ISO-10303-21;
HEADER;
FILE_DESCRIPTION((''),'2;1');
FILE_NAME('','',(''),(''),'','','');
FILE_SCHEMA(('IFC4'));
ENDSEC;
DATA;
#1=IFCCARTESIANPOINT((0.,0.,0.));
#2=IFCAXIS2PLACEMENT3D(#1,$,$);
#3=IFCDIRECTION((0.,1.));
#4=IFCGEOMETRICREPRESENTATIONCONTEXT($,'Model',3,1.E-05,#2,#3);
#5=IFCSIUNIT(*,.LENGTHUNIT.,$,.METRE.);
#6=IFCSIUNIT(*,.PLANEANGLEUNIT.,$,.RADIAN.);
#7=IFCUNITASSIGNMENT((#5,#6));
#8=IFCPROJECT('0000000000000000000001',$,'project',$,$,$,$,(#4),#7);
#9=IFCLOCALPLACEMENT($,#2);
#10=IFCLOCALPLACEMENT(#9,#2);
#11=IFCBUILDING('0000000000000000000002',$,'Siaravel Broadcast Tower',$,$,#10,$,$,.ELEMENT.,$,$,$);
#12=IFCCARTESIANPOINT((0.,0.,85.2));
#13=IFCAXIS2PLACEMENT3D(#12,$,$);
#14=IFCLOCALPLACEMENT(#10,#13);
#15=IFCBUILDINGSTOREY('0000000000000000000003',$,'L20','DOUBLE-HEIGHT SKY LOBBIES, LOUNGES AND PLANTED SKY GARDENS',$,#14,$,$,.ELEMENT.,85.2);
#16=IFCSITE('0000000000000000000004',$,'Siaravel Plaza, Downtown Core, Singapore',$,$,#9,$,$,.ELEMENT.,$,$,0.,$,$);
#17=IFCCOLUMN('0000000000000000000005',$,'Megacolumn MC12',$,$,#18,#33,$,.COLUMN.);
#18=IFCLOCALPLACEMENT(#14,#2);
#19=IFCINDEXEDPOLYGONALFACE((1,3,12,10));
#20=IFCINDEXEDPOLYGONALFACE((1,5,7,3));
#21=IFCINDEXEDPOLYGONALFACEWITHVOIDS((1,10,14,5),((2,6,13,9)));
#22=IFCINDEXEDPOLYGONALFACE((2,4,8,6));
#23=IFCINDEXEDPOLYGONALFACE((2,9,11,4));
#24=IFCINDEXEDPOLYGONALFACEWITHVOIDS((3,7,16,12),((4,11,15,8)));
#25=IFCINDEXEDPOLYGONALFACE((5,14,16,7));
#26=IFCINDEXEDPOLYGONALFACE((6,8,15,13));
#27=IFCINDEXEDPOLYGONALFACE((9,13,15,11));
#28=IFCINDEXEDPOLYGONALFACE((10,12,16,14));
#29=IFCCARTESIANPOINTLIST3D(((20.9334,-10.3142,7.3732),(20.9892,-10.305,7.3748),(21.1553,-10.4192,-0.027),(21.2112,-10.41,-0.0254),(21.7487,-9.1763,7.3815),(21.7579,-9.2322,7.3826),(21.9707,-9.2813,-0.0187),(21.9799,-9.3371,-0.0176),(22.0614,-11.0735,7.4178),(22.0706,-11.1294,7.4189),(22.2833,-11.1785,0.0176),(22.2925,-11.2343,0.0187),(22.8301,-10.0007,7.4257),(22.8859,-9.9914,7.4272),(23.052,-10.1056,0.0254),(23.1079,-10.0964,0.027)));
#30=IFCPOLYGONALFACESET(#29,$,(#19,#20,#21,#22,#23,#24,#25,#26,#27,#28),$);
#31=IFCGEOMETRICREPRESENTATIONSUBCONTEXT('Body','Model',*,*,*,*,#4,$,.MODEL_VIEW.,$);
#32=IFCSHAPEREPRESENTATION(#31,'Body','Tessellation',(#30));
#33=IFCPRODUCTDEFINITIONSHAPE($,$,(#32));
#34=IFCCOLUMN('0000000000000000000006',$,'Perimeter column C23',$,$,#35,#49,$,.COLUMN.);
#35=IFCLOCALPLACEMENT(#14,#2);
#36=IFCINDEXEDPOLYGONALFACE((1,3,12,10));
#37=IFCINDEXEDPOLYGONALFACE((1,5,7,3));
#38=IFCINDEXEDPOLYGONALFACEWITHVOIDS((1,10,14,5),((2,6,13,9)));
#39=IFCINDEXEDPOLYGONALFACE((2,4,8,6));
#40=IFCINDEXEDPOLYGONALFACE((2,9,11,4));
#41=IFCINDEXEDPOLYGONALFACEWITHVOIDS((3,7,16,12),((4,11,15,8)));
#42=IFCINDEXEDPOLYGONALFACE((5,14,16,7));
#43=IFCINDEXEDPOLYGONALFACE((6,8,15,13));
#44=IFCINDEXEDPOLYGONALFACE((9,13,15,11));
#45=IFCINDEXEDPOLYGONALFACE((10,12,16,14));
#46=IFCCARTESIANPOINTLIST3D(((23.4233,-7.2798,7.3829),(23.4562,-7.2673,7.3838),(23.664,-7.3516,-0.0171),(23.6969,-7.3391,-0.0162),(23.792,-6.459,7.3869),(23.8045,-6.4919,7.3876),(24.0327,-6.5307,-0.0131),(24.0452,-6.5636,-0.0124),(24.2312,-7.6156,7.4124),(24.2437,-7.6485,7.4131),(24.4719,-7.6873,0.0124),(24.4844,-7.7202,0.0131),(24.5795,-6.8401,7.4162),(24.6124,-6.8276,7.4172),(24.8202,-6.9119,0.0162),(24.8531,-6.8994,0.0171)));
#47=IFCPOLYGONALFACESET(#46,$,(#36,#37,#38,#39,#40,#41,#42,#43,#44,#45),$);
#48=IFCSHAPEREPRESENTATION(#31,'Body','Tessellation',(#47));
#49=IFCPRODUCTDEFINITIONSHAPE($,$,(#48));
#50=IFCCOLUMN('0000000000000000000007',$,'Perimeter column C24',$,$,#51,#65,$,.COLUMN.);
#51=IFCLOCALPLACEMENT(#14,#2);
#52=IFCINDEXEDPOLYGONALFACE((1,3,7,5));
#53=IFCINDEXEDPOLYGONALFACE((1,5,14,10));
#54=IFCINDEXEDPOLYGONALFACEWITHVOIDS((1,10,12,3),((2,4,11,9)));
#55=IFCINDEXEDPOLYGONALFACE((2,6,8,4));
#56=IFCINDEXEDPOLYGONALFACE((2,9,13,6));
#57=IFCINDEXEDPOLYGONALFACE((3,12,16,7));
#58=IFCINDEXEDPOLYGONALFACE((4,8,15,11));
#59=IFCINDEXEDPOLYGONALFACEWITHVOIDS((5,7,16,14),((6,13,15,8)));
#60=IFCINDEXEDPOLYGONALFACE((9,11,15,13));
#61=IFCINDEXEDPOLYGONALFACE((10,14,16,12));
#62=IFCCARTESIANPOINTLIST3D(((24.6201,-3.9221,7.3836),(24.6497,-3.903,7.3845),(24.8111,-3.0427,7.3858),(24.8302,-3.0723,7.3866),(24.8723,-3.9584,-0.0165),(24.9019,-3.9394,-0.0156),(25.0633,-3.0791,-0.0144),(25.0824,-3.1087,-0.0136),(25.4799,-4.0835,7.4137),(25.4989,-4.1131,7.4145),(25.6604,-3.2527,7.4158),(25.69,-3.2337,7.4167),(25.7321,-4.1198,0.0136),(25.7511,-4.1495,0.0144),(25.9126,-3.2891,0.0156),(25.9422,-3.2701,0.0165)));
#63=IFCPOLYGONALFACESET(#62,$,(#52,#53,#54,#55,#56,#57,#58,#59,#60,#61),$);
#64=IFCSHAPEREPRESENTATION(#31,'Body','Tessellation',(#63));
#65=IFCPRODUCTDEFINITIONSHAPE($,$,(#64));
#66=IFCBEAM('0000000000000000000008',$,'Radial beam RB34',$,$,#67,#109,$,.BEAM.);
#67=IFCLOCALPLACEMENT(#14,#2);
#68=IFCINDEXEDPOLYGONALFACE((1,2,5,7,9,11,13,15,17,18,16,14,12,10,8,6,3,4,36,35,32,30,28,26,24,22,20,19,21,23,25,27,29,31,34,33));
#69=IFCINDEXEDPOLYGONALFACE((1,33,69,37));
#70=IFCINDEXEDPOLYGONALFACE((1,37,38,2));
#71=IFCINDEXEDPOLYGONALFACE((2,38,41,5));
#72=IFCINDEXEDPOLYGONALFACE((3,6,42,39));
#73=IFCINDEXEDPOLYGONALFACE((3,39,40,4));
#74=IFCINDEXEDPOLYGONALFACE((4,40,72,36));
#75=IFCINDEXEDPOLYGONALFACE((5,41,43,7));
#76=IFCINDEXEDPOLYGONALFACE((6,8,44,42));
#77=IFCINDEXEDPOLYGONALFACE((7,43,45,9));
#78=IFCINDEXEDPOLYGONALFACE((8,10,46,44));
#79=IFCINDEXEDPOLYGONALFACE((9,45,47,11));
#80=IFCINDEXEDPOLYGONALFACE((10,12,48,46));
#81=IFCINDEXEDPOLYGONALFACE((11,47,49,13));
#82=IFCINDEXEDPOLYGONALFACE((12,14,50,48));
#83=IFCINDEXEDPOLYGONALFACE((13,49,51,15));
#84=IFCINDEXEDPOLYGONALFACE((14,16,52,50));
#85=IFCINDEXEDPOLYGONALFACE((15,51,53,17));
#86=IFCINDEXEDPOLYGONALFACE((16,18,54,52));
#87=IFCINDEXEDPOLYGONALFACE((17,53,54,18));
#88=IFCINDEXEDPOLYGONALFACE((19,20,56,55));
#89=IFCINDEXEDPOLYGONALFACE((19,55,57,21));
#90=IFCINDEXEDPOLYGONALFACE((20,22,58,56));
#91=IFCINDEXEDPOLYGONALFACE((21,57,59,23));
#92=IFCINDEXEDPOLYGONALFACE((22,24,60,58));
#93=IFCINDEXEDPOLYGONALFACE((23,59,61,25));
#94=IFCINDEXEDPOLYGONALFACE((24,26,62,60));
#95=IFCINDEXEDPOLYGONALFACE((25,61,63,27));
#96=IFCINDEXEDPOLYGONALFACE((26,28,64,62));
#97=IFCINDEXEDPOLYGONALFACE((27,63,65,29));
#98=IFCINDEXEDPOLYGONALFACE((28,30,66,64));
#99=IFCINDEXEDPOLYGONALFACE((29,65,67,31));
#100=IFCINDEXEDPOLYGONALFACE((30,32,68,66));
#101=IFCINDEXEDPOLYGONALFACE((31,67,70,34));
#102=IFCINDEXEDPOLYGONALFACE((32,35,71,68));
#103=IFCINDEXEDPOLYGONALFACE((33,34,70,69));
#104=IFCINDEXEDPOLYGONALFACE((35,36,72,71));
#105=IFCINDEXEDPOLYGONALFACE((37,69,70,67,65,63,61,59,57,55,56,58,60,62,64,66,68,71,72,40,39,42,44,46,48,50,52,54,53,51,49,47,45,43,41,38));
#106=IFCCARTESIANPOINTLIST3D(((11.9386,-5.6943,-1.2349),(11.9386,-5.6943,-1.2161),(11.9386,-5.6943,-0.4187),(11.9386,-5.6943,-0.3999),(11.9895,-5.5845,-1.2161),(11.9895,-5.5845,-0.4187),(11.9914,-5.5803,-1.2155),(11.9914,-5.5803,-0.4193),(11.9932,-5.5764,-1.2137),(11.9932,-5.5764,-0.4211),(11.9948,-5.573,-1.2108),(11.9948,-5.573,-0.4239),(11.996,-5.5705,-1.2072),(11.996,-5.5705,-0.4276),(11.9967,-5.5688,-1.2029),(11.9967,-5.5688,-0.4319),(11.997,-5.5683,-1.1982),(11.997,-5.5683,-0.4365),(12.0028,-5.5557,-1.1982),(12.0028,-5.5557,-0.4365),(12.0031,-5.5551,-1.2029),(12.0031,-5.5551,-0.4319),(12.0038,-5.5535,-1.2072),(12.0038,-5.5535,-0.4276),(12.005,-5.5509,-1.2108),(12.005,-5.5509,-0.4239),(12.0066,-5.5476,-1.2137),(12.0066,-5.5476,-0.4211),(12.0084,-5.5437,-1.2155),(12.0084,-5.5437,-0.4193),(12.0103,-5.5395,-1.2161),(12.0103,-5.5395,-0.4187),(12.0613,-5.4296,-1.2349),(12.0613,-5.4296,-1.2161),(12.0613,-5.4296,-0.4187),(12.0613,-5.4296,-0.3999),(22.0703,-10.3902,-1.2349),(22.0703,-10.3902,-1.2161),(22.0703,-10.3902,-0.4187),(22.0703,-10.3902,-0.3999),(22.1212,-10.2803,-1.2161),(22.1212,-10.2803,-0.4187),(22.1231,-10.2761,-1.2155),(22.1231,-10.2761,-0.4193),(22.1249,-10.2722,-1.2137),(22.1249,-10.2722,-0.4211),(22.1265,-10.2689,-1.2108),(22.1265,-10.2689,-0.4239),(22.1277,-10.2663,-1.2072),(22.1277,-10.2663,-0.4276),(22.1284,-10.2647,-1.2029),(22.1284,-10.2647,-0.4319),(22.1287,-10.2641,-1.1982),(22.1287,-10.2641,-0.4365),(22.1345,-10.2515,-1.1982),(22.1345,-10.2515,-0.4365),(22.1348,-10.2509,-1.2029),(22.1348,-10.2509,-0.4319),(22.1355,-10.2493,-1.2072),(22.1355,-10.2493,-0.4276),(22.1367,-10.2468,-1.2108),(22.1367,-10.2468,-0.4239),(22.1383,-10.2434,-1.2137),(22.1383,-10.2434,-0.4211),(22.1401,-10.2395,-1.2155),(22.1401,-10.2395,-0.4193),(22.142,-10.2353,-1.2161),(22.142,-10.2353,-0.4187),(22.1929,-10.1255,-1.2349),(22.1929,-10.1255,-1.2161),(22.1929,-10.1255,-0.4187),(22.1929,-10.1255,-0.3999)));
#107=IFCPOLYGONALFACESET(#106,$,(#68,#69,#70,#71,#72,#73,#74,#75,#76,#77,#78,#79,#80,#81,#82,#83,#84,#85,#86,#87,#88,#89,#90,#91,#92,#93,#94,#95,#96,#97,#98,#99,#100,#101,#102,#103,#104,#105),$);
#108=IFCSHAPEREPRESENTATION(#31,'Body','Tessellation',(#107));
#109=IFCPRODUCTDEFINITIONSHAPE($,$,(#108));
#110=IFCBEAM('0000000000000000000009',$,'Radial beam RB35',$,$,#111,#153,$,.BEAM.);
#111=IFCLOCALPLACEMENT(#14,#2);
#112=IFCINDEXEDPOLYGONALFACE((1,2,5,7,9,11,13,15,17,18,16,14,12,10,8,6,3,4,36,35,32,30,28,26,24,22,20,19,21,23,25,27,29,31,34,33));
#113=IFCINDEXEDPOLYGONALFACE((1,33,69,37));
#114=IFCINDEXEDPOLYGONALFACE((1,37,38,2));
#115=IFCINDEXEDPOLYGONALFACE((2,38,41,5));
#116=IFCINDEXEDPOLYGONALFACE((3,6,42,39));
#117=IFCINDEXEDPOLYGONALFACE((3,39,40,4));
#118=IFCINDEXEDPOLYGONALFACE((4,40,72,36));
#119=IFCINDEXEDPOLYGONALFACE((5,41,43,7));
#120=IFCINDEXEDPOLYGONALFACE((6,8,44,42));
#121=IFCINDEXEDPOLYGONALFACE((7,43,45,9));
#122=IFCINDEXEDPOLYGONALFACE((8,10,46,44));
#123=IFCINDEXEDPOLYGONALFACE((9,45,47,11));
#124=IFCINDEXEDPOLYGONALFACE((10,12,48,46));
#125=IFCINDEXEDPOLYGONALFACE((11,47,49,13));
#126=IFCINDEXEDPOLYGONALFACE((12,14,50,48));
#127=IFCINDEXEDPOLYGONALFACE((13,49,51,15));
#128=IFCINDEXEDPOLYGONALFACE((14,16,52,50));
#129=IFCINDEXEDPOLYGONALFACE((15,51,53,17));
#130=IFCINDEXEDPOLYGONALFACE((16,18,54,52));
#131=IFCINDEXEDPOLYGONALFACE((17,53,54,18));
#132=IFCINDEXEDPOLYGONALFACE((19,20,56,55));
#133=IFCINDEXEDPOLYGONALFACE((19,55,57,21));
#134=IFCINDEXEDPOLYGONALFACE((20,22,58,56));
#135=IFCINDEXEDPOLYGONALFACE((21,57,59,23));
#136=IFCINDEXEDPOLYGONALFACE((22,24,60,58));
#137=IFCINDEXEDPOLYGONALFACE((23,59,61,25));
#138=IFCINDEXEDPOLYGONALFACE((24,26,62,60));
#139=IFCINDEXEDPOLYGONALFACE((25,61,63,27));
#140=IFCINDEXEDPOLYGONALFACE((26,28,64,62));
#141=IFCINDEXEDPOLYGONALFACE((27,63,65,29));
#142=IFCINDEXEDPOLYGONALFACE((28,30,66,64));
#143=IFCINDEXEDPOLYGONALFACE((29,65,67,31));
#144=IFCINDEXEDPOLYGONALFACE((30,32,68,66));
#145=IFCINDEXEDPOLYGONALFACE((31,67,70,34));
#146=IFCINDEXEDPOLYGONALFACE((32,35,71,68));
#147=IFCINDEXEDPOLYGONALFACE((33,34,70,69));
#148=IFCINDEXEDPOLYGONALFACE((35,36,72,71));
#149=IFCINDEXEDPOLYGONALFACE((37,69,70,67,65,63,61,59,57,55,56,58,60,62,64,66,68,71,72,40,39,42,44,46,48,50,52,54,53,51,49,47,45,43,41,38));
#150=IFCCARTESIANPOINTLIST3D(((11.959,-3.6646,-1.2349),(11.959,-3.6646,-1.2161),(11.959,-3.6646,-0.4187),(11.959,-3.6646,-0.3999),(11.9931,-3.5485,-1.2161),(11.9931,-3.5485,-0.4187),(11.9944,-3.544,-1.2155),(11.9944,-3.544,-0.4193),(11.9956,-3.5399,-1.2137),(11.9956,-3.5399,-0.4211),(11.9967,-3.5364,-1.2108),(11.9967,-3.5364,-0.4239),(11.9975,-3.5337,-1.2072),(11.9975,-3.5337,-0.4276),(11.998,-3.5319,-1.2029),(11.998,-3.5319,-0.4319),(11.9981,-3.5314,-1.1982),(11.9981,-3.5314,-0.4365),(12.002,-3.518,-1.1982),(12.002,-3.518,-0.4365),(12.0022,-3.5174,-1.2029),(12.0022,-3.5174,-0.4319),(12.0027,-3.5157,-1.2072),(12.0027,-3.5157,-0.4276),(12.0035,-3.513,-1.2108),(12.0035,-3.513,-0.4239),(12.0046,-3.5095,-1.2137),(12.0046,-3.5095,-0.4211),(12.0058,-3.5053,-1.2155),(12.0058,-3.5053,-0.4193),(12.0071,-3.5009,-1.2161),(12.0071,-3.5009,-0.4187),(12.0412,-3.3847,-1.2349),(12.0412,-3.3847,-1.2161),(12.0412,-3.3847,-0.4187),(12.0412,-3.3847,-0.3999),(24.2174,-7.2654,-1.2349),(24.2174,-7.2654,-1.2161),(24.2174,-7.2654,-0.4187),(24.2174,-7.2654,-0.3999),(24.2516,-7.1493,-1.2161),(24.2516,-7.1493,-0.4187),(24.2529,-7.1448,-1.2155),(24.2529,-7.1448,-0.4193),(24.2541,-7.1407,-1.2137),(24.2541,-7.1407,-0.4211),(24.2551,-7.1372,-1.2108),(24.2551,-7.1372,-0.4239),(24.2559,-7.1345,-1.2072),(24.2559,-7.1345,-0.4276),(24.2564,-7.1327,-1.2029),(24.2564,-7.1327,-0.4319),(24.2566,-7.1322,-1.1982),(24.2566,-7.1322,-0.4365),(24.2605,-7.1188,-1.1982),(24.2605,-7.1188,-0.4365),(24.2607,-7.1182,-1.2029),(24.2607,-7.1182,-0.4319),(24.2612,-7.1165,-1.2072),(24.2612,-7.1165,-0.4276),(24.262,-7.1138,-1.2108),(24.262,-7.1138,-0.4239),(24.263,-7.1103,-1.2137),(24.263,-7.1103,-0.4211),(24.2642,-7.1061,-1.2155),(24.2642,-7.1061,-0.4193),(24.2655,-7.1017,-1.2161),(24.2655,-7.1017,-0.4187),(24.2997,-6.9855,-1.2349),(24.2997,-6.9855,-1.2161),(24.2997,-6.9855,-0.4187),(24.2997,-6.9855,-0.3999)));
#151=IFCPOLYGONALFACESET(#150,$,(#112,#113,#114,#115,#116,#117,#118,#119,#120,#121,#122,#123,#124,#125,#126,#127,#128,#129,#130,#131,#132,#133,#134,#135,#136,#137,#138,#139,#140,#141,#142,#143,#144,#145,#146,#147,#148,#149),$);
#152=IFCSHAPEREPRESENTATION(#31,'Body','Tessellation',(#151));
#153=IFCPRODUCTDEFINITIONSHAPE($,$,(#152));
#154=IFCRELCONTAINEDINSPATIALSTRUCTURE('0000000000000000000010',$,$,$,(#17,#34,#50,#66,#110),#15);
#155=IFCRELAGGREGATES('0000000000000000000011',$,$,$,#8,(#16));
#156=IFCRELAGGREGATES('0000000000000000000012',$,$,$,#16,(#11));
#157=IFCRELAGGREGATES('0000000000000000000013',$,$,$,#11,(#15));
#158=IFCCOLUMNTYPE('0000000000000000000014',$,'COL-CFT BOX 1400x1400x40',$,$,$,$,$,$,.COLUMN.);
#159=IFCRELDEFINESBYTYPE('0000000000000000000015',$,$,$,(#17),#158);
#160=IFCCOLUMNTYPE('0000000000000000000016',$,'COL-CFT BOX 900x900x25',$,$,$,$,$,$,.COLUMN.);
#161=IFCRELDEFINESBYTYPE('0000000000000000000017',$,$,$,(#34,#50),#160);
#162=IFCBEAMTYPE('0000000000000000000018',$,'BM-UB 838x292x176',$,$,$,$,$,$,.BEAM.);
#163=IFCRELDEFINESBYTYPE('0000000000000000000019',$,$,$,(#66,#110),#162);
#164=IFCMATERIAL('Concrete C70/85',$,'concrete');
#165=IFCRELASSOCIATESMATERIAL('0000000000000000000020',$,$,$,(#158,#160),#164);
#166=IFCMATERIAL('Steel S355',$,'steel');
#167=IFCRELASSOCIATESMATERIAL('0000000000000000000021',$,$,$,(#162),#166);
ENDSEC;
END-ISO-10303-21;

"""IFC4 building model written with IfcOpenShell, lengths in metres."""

from ifc_helpers import new_model, si_unit, direction, frame, origin, origin_2d, place, context, subcontext, project, spatial, hollow_rectangle, i_section, extrude, material, material_profile, profile_set, type_object, element, save


model = new_model("IFC4")

# Units and contexts
model_context = context("Model", 3, precision=1e-05, world=origin(), true_north=direction((0.0, 1.0)))
body_context = subcontext(model_context, "Body", "Model", "MODEL_VIEW")
ifc_project = project(units=[si_unit("LENGTHUNIT", "METRE"), si_unit("PLANEANGLEUNIT", "RADIAN")], contexts=[model_context])

# Site, building, storey
site_placement = place(None, origin())
site = spatial("IfcSite", under=ifc_project, at=site_placement, Name="Siaravel Plaza, Downtown Core, Singapore", CompositionType="ELEMENT", RefElevation=0.0)
building_placement = place(site_placement, origin())
building = spatial("IfcBuilding", under=site, at=building_placement, Name="Siaravel Broadcast Tower", CompositionType="ELEMENT")
storey_placement = place(building_placement, frame((0.0, 0.0, 85.2)))
storey = spatial("IfcBuildingStorey", under=building, at=storey_placement, Name="L20", Description="DOUBLE-HEIGHT SKY LOBBIES, LOUNGES AND PLANTED SKY GARDENS", CompositionType="ELEMENT", Elevation=85.2)

# Columns
ifc_material_1 = material(Name="Concrete C70/85", Category="concrete")
ifc_material_profile_1 = material_profile(ifc_material_1, hollow_rectangle(XDim=1.3999, YDim=1.3999, WallThickness=0.04, at=origin_2d()))
ifc_profile_set_1 = profile_set([ifc_material_profile_1], Name="Concrete C70/85")
column_type_1 = type_object("IfcColumnType", Name="COL-CFT BOX 1400x1400x40", PredefinedType="COLUMN", material=ifc_profile_set_1)
column_1_placement = place(storey_placement, frame((22.1316, -10.2578, 0.0), z_axis=(-0.029973, 0.014178, 0.99945), x_axis=(-0.582422, -0.812865, -0.005935)))
element("IfcColumn", 1, at=column_1_placement, inside=storey, type_object=column_type_1, Name="Megacolumn MC12", PredefinedType="COLUMN", context=body_context, shape_type="SweptSolid", body=[
    extrude(hollow_rectangle(XDim=1.3999, YDim=1.3999, WallThickness=0.04, at=origin_2d()), origin(), (0.0, 0.0, 1.0), 7.4043),
])
ifc_material_profile_2 = material_profile(ifc_material_1, hollow_rectangle(XDim=0.8999, YDim=0.8999, WallThickness=0.0249, at=origin_2d()))
ifc_profile_set_2 = profile_set([ifc_material_profile_2], Name="Concrete C70/85")
column_type_2 = type_object("IfcColumnType", Name="COL-CFT BOX 900x900x25", PredefinedType="COLUMN", material=ifc_profile_set_2)
column_2_placement = place(storey_placement, frame((24.2585, -7.1255, 0.0), z_axis=(-0.032511, 0.009694, 0.999424), x_axis=(-0.409727, -0.912197, -0.00448)))
element("IfcColumn", 2, at=column_2_placement, inside=storey, type_object=column_type_2, Name="Perimeter column C23", PredefinedType="COLUMN", context=body_context, shape_type="SweptSolid", body=[
    extrude(hollow_rectangle(XDim=0.8999, YDim=0.8999, WallThickness=0.0249, at=origin_2d()), origin(), (0.0, 0.0, 1.0), 7.4043),
])
column_3_placement = place(storey_placement, frame((25.4072, -3.6143, 0.0), z_axis=(-0.03406, 0.004913, 0.999408), x_axis=(-0.212302, -0.977201, -0.002432)))
element("IfcColumn", 3, at=column_3_placement, inside=storey, type_object=column_type_2, Name="Perimeter column C24", PredefinedType="COLUMN", context=body_context, shape_type="SweptSolid", body=[
    extrude(hollow_rectangle(XDim=0.8999, YDim=0.8999, WallThickness=0.0249, at=origin_2d()), origin(), (0.0, 0.0, 1.0), 7.4045),
])

# Beams
ifc_material_2 = material(Name="Steel S355", Category="steel")
ifc_material_profile_3 = material_profile(ifc_material_2, i_section(OverallWidth=0.2917, OverallDepth=0.835, WebThickness=0.0139, FlangeThickness=0.0188, FilletRadius=0.0178, at=origin_2d()))
ifc_profile_set_3 = profile_set([ifc_material_profile_3], Name="Steel S355")
beam_type = type_object("IfcBeamType", Name="BM-UB 838x292x176", PredefinedType="BEAM", material=ifc_profile_set_3)
beam_1_placement = place(storey_placement, frame((22.1316, -10.2578, -0.8174), z_axis=(-0.907288, 0.420511, 0.0), x_axis=(-0.420511, -0.907288, 0.0)))
element("IfcBeam", 4, at=beam_1_placement, inside=storey, type_object=beam_type, Name="Radial beam RB34", PredefinedType="BEAM", context=body_context, shape_type="SweptSolid", body=[
    extrude(i_section(OverallWidth=0.2917, OverallDepth=0.835, WebThickness=0.0139, FlangeThickness=0.0188, FilletRadius=0.0178, at=origin_2d()), origin(), (0.0, 0.0, 1.0), 11.167),
])
beam_2_placement = place(storey_placement, frame((24.2585, -7.1255, -0.8174), z_axis=(-0.959463, 0.281833, 0.0), x_axis=(-0.281833, -0.959463, 0.0)))
element("IfcBeam", 5, at=beam_2_placement, inside=storey, type_object=beam_type, Name="Radial beam RB35", PredefinedType="BEAM", context=body_context, shape_type="SweptSolid", body=[
    extrude(i_section(OverallWidth=0.2917, OverallDepth=0.835, WebThickness=0.0139, FlangeThickness=0.0188, FilletRadius=0.0178, at=origin_2d()), origin(), (0.0, 0.0, 1.0), 12.7764),
])

save(model, "model.ifc")
